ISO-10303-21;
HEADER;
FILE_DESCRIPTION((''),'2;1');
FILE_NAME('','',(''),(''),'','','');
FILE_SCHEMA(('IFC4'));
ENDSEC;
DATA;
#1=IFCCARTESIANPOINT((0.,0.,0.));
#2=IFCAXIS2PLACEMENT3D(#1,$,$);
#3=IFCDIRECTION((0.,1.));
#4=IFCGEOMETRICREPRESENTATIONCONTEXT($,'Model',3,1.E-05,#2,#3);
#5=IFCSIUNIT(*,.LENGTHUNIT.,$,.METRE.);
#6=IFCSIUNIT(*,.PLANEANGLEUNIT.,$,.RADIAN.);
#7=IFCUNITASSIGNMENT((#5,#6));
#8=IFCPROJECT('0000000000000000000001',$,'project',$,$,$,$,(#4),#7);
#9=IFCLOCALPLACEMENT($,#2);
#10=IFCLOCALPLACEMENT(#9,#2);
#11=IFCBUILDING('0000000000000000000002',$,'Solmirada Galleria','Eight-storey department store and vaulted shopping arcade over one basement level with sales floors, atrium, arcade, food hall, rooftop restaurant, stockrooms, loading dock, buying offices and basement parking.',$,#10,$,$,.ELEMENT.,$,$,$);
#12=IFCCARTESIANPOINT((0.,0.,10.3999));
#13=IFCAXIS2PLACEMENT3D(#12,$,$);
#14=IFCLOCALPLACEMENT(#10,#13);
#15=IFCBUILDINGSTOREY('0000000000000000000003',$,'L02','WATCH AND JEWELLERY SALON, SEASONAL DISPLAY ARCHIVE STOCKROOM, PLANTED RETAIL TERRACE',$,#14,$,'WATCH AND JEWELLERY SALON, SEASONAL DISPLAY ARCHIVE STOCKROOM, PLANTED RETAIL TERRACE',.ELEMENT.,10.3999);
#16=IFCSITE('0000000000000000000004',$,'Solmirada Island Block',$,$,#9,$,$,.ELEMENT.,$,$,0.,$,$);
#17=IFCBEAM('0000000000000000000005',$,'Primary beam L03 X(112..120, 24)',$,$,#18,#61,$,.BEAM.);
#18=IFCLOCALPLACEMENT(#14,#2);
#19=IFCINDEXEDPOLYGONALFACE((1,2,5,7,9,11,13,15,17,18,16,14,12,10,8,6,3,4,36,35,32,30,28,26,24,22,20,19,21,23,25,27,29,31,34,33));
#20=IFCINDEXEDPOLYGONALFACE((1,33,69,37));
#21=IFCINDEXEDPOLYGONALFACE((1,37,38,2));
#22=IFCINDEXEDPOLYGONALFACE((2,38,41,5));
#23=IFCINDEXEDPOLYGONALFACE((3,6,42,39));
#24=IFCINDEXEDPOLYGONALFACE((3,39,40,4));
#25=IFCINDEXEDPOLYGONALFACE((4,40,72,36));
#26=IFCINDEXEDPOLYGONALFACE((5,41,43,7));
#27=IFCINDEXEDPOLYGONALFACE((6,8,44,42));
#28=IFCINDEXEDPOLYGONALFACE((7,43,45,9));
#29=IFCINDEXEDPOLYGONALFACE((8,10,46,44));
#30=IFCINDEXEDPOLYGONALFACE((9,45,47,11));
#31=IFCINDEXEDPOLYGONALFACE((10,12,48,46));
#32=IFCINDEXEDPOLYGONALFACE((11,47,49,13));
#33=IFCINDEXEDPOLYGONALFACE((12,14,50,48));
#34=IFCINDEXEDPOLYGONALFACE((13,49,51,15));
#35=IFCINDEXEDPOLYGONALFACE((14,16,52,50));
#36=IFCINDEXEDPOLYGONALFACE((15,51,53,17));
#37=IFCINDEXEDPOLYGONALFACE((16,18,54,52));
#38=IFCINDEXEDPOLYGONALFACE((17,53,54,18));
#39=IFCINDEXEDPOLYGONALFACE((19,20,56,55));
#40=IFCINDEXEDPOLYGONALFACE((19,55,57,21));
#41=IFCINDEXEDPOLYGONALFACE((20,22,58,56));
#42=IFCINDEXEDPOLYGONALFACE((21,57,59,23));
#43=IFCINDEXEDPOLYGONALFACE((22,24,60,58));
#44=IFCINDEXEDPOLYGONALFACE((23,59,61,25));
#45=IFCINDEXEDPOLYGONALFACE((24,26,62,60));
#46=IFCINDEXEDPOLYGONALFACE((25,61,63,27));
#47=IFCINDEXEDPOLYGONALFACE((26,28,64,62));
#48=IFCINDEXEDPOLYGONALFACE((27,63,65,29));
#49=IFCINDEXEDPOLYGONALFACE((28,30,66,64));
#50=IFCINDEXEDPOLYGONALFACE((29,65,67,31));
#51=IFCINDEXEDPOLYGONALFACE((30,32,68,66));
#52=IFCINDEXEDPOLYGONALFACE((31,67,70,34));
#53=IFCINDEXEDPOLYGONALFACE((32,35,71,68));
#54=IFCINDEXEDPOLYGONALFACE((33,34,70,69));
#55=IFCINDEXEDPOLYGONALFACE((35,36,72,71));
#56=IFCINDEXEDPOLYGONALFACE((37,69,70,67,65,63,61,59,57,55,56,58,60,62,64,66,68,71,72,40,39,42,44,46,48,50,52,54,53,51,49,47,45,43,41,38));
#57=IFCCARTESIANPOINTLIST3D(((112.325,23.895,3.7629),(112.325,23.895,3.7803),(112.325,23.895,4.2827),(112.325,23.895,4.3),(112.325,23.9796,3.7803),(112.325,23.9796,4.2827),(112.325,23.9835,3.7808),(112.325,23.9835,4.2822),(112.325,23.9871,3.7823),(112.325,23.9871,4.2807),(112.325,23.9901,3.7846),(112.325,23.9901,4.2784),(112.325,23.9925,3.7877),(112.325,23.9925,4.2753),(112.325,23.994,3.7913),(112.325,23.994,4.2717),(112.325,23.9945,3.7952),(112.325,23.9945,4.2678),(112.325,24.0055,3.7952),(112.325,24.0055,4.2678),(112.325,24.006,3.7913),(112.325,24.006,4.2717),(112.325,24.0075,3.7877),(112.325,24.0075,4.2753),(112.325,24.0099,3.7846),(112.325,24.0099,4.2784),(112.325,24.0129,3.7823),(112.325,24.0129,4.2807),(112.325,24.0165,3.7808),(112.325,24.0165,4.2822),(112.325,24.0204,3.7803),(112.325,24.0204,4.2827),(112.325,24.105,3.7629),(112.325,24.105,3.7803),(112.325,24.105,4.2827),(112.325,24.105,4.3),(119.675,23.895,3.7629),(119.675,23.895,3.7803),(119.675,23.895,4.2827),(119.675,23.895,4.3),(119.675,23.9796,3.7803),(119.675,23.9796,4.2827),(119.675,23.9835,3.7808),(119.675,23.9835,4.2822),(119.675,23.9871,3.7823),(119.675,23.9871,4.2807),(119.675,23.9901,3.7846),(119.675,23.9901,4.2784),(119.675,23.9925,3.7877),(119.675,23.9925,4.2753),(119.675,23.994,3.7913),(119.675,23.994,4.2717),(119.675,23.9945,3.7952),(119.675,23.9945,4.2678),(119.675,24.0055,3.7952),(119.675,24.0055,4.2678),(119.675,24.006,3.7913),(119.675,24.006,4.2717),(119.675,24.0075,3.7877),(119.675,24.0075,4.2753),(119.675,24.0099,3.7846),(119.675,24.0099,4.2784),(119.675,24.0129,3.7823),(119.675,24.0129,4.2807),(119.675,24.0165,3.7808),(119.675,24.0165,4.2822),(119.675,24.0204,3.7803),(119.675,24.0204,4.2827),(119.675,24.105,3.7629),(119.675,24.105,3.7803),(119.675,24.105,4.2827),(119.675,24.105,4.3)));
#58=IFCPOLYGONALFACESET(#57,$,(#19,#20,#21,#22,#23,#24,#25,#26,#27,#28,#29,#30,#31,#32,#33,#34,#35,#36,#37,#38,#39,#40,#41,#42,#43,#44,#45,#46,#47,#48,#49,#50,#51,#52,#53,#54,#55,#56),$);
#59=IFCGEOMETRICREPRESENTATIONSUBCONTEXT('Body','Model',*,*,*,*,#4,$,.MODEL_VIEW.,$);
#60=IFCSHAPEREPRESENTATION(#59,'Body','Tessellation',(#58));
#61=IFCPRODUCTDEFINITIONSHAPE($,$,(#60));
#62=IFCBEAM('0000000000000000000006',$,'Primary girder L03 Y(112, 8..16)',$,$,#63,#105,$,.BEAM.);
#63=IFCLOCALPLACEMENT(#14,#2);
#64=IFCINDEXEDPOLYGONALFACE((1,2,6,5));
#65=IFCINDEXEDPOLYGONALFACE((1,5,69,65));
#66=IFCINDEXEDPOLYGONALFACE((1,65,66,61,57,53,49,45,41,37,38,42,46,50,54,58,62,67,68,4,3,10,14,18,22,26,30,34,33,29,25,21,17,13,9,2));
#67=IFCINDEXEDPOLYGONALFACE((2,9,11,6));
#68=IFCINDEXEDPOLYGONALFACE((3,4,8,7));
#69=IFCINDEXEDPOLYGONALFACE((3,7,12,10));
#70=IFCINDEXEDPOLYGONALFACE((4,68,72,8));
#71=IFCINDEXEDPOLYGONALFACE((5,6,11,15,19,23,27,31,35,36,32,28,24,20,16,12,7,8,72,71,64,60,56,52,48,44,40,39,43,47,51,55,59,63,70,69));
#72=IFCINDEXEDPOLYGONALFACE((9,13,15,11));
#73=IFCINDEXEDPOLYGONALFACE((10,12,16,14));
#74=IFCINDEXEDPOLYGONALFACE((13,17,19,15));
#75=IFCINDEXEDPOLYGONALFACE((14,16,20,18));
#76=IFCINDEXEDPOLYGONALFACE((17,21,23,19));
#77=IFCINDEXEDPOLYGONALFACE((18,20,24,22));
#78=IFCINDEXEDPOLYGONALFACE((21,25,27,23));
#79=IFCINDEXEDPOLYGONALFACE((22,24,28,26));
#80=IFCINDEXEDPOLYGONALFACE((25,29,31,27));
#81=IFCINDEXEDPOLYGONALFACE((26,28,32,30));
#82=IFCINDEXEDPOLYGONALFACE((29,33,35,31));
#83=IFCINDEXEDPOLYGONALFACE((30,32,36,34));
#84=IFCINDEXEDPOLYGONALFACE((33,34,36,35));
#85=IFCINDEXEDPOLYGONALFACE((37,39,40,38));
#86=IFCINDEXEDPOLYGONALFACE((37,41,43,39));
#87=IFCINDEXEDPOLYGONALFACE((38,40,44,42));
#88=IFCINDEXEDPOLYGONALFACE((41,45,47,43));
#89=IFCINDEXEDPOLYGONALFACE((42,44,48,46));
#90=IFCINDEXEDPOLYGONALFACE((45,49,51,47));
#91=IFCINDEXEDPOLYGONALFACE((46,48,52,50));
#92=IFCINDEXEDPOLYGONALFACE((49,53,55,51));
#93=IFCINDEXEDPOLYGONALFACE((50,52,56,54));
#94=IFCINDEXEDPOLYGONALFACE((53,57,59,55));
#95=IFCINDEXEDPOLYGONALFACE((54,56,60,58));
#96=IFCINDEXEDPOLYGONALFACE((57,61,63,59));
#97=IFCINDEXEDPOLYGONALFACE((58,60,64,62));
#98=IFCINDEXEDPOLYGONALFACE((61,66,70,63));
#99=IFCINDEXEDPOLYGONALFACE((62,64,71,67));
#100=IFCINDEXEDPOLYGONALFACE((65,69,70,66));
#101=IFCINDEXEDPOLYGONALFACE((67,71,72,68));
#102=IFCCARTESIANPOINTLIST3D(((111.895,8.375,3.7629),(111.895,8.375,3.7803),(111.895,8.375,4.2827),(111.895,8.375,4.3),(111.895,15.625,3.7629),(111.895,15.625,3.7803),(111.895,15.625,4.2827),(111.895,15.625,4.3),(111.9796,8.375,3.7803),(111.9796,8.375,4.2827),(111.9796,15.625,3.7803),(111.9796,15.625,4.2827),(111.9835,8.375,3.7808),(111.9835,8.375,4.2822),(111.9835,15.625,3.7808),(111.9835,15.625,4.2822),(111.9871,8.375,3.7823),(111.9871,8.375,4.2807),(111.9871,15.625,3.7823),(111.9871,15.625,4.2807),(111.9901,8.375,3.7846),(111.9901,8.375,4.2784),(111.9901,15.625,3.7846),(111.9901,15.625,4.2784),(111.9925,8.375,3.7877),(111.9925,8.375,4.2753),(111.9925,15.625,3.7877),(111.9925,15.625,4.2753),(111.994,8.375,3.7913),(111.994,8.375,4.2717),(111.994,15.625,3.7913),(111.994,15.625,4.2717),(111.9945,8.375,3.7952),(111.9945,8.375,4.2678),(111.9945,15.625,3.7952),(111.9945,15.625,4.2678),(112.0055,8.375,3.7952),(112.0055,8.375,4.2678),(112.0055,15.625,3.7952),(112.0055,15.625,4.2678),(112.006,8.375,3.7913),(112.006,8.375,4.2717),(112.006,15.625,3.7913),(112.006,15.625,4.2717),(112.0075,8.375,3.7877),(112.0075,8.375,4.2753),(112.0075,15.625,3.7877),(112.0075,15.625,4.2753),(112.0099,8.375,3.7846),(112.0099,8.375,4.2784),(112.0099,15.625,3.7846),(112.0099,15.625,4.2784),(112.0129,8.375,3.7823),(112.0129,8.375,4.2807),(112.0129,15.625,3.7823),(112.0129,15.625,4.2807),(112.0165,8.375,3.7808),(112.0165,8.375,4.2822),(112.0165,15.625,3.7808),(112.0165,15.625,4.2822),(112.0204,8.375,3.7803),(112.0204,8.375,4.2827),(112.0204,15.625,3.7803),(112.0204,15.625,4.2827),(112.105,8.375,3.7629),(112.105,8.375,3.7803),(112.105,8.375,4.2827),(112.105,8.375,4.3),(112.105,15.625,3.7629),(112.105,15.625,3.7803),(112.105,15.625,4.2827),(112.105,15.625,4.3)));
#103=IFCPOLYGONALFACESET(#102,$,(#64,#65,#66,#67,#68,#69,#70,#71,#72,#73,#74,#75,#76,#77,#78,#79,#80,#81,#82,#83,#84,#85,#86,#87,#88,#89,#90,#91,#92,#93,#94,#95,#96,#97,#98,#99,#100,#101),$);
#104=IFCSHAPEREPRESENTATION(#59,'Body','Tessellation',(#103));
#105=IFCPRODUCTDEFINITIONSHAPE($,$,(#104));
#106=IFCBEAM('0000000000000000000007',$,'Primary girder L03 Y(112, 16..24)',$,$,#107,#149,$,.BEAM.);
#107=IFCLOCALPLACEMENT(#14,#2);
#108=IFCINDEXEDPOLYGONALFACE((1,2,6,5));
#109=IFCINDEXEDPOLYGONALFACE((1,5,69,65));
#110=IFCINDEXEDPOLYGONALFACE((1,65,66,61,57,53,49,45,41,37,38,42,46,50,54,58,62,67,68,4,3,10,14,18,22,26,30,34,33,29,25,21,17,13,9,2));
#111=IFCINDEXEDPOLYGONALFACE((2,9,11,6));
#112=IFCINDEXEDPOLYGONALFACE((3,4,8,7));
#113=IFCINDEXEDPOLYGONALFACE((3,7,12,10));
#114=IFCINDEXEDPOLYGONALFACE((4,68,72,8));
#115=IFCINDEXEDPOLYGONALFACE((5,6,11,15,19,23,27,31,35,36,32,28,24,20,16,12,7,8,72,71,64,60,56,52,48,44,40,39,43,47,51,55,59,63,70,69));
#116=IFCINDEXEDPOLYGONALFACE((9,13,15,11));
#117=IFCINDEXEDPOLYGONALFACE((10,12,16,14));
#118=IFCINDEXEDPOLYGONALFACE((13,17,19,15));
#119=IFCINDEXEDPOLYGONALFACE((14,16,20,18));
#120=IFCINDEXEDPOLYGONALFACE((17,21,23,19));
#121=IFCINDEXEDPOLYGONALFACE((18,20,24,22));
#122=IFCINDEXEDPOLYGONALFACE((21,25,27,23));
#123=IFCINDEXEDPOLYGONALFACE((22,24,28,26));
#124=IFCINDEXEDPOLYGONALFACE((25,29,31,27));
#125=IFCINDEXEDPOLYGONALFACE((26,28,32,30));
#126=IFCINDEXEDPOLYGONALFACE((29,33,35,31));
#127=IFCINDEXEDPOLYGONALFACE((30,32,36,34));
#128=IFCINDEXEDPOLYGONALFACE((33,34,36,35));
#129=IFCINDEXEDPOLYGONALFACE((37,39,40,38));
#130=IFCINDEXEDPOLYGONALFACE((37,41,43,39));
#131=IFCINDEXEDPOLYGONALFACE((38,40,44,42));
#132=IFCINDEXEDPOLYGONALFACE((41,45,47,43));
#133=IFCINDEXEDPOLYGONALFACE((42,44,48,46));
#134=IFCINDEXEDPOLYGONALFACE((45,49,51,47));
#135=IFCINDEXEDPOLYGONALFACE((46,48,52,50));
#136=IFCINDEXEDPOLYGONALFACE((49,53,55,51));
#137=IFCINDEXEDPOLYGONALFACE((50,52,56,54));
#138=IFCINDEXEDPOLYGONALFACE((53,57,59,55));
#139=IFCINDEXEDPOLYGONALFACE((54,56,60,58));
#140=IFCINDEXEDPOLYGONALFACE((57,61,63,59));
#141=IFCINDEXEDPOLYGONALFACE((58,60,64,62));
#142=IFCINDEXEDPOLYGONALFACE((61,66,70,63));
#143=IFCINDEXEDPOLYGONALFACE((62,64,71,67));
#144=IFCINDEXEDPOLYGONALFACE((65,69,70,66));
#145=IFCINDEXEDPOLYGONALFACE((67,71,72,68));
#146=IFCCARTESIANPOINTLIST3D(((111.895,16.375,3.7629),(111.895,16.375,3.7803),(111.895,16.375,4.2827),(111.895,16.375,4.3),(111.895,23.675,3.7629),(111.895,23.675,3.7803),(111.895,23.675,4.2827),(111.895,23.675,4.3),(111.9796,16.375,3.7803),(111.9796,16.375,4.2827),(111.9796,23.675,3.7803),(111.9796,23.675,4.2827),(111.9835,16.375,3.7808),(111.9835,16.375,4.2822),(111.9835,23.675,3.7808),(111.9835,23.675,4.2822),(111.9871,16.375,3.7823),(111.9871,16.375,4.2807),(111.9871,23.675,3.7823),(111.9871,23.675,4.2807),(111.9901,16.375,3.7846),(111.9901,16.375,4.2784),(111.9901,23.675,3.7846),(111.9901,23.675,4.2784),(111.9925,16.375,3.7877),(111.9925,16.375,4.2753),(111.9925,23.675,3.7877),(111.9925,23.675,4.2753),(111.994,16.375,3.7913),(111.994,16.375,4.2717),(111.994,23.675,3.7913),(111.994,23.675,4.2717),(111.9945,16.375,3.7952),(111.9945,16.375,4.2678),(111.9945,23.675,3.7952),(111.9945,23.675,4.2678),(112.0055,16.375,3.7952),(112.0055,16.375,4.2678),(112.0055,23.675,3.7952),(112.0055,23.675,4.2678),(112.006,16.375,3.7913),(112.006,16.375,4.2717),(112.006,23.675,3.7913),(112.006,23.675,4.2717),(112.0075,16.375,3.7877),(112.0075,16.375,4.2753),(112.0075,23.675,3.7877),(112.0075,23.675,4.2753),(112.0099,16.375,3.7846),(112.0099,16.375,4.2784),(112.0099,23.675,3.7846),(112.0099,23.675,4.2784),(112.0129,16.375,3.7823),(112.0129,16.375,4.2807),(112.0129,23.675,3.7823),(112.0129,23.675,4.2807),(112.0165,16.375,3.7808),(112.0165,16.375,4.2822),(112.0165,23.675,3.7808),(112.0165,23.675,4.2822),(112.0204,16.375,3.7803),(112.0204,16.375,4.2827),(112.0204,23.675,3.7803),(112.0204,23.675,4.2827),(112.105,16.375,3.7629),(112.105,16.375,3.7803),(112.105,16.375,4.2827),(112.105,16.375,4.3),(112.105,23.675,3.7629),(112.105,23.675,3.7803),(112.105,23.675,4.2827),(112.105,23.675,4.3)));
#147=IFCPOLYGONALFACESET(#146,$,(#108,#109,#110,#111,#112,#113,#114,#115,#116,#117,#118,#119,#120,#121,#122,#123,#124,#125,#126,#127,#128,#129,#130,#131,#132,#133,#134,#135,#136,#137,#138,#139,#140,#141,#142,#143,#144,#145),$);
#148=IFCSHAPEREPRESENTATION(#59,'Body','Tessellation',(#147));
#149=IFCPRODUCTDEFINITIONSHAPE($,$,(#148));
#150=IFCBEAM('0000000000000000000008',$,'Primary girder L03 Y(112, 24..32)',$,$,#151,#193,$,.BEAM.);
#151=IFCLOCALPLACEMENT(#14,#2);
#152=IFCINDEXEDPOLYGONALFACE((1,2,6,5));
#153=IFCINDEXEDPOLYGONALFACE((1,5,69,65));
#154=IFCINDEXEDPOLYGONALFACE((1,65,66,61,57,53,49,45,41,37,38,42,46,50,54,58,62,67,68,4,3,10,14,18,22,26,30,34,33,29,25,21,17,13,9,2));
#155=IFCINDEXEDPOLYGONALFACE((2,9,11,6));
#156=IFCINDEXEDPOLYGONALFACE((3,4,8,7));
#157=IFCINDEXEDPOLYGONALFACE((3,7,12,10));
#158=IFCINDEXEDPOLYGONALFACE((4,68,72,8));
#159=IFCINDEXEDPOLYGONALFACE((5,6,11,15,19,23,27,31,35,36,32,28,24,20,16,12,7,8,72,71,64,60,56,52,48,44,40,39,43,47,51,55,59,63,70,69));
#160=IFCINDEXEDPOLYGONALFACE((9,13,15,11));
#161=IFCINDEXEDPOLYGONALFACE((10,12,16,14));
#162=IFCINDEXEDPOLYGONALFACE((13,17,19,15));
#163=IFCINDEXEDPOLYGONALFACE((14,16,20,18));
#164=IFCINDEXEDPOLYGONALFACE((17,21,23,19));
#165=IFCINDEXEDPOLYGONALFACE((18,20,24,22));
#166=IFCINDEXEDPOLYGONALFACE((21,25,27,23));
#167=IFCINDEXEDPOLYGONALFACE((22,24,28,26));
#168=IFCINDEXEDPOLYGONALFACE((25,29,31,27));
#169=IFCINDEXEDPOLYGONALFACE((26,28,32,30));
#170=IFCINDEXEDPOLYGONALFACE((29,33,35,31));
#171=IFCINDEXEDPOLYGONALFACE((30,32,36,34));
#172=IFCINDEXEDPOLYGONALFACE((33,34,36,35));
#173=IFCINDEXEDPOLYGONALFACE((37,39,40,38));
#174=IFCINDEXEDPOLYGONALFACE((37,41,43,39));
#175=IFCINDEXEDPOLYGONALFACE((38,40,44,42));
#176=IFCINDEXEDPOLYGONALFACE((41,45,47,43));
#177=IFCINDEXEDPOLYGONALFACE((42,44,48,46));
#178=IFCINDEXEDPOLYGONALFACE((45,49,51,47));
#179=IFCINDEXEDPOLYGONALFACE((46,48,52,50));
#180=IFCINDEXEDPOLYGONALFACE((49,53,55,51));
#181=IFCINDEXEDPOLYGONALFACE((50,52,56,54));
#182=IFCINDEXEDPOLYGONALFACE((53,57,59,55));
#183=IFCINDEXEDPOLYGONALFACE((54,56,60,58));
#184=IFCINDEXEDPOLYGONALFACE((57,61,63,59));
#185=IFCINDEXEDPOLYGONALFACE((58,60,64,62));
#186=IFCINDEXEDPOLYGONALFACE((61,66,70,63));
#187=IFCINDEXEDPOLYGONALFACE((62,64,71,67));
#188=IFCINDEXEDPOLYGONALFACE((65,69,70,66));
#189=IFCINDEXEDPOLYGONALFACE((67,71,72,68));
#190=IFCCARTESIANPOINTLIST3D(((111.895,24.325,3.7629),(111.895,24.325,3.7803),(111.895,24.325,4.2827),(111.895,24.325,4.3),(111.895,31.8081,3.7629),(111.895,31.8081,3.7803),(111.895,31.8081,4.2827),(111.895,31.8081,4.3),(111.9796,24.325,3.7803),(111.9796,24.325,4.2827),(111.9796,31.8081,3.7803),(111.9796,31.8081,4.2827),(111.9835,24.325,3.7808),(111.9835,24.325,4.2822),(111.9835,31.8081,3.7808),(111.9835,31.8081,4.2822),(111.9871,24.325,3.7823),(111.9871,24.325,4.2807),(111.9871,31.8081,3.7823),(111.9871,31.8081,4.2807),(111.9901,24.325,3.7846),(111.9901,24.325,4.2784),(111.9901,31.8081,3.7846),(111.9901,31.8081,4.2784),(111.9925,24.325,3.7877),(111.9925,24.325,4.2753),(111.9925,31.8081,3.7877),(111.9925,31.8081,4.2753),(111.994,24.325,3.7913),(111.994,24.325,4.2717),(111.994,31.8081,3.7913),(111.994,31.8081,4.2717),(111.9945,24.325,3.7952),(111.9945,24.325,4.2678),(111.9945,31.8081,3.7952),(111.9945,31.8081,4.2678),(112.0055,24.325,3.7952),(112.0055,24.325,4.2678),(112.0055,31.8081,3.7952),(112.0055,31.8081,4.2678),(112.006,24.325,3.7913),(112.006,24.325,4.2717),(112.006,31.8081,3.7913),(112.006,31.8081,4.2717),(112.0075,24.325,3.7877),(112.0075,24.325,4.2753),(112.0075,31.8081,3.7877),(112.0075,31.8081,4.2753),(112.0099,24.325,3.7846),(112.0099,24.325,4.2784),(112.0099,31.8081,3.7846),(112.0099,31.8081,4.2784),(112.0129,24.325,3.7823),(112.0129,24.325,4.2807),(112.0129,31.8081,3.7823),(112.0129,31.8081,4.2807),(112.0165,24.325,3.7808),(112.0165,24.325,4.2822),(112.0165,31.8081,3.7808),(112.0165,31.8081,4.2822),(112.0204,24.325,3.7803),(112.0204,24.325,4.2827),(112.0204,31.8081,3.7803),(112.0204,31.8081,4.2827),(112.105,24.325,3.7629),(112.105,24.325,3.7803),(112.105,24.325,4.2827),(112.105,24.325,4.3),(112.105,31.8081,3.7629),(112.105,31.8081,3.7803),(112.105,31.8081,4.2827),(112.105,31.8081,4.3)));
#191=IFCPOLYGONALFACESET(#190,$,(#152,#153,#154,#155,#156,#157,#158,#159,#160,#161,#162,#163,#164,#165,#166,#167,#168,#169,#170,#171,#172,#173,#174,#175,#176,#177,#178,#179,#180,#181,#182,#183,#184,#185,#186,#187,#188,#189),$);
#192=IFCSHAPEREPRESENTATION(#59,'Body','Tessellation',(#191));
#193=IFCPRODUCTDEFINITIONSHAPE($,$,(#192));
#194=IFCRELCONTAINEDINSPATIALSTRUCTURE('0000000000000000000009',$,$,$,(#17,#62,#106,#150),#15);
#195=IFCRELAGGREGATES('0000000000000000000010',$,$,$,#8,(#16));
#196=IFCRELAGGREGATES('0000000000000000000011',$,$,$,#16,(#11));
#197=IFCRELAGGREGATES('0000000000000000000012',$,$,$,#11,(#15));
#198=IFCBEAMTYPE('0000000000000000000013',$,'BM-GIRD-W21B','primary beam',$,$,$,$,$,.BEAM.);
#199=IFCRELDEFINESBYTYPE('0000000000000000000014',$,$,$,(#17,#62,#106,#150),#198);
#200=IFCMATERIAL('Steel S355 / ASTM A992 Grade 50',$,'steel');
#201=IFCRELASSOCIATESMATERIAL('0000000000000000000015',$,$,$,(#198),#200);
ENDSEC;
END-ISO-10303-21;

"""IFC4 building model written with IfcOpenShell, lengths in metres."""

from ifc_helpers import new_model, si_unit, direction, frame, origin, origin_2d, place, context, subcontext, project, spatial, i_section, extrude, material, material_profile, profile_set, type_object, element, save


model = new_model("IFC4")

# Units and contexts
model_context = context("Model", 3, precision=1e-05, world=origin(), true_north=direction((0.0, 1.0)))
body_context = subcontext(model_context, "Body", "Model", "MODEL_VIEW")
ifc_project = project(units=[si_unit("LENGTHUNIT", "METRE"), si_unit("PLANEANGLEUNIT", "RADIAN")], contexts=[model_context])

# Site, building, storey
site_placement = place(None, origin())
site = spatial("IfcSite", under=ifc_project, at=site_placement, Name="Solmirada Island Block", CompositionType="ELEMENT", RefElevation=0.0)
building_placement = place(site_placement, origin())
building = spatial("IfcBuilding", under=site, at=building_placement, Name="Solmirada Galleria", Description="Eight-storey department store and vaulted shopping arcade over one basement level with sales floors, atrium, arcade, food hall, rooftop restaurant, stockrooms, loading dock, buying offices and basement parking.", CompositionType="ELEMENT")
storey_placement = place(building_placement, frame((0.0, 0.0, 10.3999)))
storey = spatial("IfcBuildingStorey", under=building, at=storey_placement, Name="L02", Description="WATCH AND JEWELLERY SALON, SEASONAL DISPLAY ARCHIVE STOCKROOM, PLANTED RETAIL TERRACE", LongName="WATCH AND JEWELLERY SALON, SEASONAL DISPLAY ARCHIVE STOCKROOM, PLANTED RETAIL TERRACE", CompositionType="ELEMENT", Elevation=10.3999)

# Beams
ifc_material_1 = material(Name="Steel S355 / ASTM A992 Grade 50", Category="steel")
ifc_material_profile_1 = material_profile(ifc_material_1, i_section(OverallWidth=0.21, OverallDepth=0.5371, WebThickness=0.011, FlangeThickness=0.0173, FilletRadius=0.0149, at=origin_2d()), Name="W21X68")
ifc_profile_set_1 = profile_set([ifc_material_profile_1], Name="Steel S355 / ASTM A992 Grade 50")
beam_type_1 = type_object("IfcBeamType", Name="BM-GIRD-W21B", Description="primary beam", PredefinedType="BEAM", material=ifc_profile_set_1)
beam_1_placement = place(storey_placement, frame((112.325, 24.0, 4.0315), z_axis=(1.0, 0.0, 0.0), x_axis=(0.0, 1.0, 0.0)))
element("IfcBeam", 1, at=beam_1_placement, inside=storey, type_object=beam_type_1, Name="Primary beam L03 X(112..120, 24)", PredefinedType="BEAM", context=body_context, shape_type="SweptSolid", body=[
    extrude(i_section(OverallWidth=0.21, OverallDepth=0.5371, WebThickness=0.011, FlangeThickness=0.0173, FilletRadius=0.0149, at=origin_2d()), origin(), (0.0, 0.0, 1.0), 7.3501),
])
beam_2_placement = place(storey_placement, frame((112.0, 8.375, 4.0315), z_axis=(0.0, 1.0, 0.0), x_axis=(-1.0, 0.0, 0.0)))
element("IfcBeam", 2, at=beam_2_placement, inside=storey, type_object=beam_type_1, Name="Primary girder L03 Y(112, 8..16)", PredefinedType="BEAM", context=body_context, shape_type="SweptSolid", body=[
    extrude(i_section(OverallWidth=0.21, OverallDepth=0.5371, WebThickness=0.011, FlangeThickness=0.0173, FilletRadius=0.0149, at=origin_2d()), origin(), (0.0, 0.0, 1.0), 7.25),
])
beam_3_placement = place(storey_placement, frame((112.0, 16.375, 4.0315), z_axis=(0.0, 1.0, 0.0), x_axis=(-1.0, 0.0, 0.0)))
element("IfcBeam", 3, at=beam_3_placement, inside=storey, type_object=beam_type_1, Name="Primary girder L03 Y(112, 16..24)", PredefinedType="BEAM", context=body_context, shape_type="SweptSolid", body=[
    extrude(i_section(OverallWidth=0.21, OverallDepth=0.5371, WebThickness=0.011, FlangeThickness=0.0173, FilletRadius=0.0149, at=origin_2d()), origin(), (0.0, 0.0, 1.0), 7.3),
])
beam_4_placement = place(storey_placement, frame((112.0, 24.325, 4.0315), z_axis=(0.0, 1.0, 0.0), x_axis=(-1.0, 0.0, 0.0)))
element("IfcBeam", 4, at=beam_4_placement, inside=storey, type_object=beam_type_1, Name="Primary girder L03 Y(112, 24..32)", PredefinedType="BEAM", context=body_context, shape_type="SweptSolid", body=[
    extrude(i_section(OverallWidth=0.21, OverallDepth=0.5371, WebThickness=0.011, FlangeThickness=0.0173, FilletRadius=0.0149, at=origin_2d()), origin(), (0.0, 0.0, 1.0), 7.4832),
])

save(model, "model.ifc")
